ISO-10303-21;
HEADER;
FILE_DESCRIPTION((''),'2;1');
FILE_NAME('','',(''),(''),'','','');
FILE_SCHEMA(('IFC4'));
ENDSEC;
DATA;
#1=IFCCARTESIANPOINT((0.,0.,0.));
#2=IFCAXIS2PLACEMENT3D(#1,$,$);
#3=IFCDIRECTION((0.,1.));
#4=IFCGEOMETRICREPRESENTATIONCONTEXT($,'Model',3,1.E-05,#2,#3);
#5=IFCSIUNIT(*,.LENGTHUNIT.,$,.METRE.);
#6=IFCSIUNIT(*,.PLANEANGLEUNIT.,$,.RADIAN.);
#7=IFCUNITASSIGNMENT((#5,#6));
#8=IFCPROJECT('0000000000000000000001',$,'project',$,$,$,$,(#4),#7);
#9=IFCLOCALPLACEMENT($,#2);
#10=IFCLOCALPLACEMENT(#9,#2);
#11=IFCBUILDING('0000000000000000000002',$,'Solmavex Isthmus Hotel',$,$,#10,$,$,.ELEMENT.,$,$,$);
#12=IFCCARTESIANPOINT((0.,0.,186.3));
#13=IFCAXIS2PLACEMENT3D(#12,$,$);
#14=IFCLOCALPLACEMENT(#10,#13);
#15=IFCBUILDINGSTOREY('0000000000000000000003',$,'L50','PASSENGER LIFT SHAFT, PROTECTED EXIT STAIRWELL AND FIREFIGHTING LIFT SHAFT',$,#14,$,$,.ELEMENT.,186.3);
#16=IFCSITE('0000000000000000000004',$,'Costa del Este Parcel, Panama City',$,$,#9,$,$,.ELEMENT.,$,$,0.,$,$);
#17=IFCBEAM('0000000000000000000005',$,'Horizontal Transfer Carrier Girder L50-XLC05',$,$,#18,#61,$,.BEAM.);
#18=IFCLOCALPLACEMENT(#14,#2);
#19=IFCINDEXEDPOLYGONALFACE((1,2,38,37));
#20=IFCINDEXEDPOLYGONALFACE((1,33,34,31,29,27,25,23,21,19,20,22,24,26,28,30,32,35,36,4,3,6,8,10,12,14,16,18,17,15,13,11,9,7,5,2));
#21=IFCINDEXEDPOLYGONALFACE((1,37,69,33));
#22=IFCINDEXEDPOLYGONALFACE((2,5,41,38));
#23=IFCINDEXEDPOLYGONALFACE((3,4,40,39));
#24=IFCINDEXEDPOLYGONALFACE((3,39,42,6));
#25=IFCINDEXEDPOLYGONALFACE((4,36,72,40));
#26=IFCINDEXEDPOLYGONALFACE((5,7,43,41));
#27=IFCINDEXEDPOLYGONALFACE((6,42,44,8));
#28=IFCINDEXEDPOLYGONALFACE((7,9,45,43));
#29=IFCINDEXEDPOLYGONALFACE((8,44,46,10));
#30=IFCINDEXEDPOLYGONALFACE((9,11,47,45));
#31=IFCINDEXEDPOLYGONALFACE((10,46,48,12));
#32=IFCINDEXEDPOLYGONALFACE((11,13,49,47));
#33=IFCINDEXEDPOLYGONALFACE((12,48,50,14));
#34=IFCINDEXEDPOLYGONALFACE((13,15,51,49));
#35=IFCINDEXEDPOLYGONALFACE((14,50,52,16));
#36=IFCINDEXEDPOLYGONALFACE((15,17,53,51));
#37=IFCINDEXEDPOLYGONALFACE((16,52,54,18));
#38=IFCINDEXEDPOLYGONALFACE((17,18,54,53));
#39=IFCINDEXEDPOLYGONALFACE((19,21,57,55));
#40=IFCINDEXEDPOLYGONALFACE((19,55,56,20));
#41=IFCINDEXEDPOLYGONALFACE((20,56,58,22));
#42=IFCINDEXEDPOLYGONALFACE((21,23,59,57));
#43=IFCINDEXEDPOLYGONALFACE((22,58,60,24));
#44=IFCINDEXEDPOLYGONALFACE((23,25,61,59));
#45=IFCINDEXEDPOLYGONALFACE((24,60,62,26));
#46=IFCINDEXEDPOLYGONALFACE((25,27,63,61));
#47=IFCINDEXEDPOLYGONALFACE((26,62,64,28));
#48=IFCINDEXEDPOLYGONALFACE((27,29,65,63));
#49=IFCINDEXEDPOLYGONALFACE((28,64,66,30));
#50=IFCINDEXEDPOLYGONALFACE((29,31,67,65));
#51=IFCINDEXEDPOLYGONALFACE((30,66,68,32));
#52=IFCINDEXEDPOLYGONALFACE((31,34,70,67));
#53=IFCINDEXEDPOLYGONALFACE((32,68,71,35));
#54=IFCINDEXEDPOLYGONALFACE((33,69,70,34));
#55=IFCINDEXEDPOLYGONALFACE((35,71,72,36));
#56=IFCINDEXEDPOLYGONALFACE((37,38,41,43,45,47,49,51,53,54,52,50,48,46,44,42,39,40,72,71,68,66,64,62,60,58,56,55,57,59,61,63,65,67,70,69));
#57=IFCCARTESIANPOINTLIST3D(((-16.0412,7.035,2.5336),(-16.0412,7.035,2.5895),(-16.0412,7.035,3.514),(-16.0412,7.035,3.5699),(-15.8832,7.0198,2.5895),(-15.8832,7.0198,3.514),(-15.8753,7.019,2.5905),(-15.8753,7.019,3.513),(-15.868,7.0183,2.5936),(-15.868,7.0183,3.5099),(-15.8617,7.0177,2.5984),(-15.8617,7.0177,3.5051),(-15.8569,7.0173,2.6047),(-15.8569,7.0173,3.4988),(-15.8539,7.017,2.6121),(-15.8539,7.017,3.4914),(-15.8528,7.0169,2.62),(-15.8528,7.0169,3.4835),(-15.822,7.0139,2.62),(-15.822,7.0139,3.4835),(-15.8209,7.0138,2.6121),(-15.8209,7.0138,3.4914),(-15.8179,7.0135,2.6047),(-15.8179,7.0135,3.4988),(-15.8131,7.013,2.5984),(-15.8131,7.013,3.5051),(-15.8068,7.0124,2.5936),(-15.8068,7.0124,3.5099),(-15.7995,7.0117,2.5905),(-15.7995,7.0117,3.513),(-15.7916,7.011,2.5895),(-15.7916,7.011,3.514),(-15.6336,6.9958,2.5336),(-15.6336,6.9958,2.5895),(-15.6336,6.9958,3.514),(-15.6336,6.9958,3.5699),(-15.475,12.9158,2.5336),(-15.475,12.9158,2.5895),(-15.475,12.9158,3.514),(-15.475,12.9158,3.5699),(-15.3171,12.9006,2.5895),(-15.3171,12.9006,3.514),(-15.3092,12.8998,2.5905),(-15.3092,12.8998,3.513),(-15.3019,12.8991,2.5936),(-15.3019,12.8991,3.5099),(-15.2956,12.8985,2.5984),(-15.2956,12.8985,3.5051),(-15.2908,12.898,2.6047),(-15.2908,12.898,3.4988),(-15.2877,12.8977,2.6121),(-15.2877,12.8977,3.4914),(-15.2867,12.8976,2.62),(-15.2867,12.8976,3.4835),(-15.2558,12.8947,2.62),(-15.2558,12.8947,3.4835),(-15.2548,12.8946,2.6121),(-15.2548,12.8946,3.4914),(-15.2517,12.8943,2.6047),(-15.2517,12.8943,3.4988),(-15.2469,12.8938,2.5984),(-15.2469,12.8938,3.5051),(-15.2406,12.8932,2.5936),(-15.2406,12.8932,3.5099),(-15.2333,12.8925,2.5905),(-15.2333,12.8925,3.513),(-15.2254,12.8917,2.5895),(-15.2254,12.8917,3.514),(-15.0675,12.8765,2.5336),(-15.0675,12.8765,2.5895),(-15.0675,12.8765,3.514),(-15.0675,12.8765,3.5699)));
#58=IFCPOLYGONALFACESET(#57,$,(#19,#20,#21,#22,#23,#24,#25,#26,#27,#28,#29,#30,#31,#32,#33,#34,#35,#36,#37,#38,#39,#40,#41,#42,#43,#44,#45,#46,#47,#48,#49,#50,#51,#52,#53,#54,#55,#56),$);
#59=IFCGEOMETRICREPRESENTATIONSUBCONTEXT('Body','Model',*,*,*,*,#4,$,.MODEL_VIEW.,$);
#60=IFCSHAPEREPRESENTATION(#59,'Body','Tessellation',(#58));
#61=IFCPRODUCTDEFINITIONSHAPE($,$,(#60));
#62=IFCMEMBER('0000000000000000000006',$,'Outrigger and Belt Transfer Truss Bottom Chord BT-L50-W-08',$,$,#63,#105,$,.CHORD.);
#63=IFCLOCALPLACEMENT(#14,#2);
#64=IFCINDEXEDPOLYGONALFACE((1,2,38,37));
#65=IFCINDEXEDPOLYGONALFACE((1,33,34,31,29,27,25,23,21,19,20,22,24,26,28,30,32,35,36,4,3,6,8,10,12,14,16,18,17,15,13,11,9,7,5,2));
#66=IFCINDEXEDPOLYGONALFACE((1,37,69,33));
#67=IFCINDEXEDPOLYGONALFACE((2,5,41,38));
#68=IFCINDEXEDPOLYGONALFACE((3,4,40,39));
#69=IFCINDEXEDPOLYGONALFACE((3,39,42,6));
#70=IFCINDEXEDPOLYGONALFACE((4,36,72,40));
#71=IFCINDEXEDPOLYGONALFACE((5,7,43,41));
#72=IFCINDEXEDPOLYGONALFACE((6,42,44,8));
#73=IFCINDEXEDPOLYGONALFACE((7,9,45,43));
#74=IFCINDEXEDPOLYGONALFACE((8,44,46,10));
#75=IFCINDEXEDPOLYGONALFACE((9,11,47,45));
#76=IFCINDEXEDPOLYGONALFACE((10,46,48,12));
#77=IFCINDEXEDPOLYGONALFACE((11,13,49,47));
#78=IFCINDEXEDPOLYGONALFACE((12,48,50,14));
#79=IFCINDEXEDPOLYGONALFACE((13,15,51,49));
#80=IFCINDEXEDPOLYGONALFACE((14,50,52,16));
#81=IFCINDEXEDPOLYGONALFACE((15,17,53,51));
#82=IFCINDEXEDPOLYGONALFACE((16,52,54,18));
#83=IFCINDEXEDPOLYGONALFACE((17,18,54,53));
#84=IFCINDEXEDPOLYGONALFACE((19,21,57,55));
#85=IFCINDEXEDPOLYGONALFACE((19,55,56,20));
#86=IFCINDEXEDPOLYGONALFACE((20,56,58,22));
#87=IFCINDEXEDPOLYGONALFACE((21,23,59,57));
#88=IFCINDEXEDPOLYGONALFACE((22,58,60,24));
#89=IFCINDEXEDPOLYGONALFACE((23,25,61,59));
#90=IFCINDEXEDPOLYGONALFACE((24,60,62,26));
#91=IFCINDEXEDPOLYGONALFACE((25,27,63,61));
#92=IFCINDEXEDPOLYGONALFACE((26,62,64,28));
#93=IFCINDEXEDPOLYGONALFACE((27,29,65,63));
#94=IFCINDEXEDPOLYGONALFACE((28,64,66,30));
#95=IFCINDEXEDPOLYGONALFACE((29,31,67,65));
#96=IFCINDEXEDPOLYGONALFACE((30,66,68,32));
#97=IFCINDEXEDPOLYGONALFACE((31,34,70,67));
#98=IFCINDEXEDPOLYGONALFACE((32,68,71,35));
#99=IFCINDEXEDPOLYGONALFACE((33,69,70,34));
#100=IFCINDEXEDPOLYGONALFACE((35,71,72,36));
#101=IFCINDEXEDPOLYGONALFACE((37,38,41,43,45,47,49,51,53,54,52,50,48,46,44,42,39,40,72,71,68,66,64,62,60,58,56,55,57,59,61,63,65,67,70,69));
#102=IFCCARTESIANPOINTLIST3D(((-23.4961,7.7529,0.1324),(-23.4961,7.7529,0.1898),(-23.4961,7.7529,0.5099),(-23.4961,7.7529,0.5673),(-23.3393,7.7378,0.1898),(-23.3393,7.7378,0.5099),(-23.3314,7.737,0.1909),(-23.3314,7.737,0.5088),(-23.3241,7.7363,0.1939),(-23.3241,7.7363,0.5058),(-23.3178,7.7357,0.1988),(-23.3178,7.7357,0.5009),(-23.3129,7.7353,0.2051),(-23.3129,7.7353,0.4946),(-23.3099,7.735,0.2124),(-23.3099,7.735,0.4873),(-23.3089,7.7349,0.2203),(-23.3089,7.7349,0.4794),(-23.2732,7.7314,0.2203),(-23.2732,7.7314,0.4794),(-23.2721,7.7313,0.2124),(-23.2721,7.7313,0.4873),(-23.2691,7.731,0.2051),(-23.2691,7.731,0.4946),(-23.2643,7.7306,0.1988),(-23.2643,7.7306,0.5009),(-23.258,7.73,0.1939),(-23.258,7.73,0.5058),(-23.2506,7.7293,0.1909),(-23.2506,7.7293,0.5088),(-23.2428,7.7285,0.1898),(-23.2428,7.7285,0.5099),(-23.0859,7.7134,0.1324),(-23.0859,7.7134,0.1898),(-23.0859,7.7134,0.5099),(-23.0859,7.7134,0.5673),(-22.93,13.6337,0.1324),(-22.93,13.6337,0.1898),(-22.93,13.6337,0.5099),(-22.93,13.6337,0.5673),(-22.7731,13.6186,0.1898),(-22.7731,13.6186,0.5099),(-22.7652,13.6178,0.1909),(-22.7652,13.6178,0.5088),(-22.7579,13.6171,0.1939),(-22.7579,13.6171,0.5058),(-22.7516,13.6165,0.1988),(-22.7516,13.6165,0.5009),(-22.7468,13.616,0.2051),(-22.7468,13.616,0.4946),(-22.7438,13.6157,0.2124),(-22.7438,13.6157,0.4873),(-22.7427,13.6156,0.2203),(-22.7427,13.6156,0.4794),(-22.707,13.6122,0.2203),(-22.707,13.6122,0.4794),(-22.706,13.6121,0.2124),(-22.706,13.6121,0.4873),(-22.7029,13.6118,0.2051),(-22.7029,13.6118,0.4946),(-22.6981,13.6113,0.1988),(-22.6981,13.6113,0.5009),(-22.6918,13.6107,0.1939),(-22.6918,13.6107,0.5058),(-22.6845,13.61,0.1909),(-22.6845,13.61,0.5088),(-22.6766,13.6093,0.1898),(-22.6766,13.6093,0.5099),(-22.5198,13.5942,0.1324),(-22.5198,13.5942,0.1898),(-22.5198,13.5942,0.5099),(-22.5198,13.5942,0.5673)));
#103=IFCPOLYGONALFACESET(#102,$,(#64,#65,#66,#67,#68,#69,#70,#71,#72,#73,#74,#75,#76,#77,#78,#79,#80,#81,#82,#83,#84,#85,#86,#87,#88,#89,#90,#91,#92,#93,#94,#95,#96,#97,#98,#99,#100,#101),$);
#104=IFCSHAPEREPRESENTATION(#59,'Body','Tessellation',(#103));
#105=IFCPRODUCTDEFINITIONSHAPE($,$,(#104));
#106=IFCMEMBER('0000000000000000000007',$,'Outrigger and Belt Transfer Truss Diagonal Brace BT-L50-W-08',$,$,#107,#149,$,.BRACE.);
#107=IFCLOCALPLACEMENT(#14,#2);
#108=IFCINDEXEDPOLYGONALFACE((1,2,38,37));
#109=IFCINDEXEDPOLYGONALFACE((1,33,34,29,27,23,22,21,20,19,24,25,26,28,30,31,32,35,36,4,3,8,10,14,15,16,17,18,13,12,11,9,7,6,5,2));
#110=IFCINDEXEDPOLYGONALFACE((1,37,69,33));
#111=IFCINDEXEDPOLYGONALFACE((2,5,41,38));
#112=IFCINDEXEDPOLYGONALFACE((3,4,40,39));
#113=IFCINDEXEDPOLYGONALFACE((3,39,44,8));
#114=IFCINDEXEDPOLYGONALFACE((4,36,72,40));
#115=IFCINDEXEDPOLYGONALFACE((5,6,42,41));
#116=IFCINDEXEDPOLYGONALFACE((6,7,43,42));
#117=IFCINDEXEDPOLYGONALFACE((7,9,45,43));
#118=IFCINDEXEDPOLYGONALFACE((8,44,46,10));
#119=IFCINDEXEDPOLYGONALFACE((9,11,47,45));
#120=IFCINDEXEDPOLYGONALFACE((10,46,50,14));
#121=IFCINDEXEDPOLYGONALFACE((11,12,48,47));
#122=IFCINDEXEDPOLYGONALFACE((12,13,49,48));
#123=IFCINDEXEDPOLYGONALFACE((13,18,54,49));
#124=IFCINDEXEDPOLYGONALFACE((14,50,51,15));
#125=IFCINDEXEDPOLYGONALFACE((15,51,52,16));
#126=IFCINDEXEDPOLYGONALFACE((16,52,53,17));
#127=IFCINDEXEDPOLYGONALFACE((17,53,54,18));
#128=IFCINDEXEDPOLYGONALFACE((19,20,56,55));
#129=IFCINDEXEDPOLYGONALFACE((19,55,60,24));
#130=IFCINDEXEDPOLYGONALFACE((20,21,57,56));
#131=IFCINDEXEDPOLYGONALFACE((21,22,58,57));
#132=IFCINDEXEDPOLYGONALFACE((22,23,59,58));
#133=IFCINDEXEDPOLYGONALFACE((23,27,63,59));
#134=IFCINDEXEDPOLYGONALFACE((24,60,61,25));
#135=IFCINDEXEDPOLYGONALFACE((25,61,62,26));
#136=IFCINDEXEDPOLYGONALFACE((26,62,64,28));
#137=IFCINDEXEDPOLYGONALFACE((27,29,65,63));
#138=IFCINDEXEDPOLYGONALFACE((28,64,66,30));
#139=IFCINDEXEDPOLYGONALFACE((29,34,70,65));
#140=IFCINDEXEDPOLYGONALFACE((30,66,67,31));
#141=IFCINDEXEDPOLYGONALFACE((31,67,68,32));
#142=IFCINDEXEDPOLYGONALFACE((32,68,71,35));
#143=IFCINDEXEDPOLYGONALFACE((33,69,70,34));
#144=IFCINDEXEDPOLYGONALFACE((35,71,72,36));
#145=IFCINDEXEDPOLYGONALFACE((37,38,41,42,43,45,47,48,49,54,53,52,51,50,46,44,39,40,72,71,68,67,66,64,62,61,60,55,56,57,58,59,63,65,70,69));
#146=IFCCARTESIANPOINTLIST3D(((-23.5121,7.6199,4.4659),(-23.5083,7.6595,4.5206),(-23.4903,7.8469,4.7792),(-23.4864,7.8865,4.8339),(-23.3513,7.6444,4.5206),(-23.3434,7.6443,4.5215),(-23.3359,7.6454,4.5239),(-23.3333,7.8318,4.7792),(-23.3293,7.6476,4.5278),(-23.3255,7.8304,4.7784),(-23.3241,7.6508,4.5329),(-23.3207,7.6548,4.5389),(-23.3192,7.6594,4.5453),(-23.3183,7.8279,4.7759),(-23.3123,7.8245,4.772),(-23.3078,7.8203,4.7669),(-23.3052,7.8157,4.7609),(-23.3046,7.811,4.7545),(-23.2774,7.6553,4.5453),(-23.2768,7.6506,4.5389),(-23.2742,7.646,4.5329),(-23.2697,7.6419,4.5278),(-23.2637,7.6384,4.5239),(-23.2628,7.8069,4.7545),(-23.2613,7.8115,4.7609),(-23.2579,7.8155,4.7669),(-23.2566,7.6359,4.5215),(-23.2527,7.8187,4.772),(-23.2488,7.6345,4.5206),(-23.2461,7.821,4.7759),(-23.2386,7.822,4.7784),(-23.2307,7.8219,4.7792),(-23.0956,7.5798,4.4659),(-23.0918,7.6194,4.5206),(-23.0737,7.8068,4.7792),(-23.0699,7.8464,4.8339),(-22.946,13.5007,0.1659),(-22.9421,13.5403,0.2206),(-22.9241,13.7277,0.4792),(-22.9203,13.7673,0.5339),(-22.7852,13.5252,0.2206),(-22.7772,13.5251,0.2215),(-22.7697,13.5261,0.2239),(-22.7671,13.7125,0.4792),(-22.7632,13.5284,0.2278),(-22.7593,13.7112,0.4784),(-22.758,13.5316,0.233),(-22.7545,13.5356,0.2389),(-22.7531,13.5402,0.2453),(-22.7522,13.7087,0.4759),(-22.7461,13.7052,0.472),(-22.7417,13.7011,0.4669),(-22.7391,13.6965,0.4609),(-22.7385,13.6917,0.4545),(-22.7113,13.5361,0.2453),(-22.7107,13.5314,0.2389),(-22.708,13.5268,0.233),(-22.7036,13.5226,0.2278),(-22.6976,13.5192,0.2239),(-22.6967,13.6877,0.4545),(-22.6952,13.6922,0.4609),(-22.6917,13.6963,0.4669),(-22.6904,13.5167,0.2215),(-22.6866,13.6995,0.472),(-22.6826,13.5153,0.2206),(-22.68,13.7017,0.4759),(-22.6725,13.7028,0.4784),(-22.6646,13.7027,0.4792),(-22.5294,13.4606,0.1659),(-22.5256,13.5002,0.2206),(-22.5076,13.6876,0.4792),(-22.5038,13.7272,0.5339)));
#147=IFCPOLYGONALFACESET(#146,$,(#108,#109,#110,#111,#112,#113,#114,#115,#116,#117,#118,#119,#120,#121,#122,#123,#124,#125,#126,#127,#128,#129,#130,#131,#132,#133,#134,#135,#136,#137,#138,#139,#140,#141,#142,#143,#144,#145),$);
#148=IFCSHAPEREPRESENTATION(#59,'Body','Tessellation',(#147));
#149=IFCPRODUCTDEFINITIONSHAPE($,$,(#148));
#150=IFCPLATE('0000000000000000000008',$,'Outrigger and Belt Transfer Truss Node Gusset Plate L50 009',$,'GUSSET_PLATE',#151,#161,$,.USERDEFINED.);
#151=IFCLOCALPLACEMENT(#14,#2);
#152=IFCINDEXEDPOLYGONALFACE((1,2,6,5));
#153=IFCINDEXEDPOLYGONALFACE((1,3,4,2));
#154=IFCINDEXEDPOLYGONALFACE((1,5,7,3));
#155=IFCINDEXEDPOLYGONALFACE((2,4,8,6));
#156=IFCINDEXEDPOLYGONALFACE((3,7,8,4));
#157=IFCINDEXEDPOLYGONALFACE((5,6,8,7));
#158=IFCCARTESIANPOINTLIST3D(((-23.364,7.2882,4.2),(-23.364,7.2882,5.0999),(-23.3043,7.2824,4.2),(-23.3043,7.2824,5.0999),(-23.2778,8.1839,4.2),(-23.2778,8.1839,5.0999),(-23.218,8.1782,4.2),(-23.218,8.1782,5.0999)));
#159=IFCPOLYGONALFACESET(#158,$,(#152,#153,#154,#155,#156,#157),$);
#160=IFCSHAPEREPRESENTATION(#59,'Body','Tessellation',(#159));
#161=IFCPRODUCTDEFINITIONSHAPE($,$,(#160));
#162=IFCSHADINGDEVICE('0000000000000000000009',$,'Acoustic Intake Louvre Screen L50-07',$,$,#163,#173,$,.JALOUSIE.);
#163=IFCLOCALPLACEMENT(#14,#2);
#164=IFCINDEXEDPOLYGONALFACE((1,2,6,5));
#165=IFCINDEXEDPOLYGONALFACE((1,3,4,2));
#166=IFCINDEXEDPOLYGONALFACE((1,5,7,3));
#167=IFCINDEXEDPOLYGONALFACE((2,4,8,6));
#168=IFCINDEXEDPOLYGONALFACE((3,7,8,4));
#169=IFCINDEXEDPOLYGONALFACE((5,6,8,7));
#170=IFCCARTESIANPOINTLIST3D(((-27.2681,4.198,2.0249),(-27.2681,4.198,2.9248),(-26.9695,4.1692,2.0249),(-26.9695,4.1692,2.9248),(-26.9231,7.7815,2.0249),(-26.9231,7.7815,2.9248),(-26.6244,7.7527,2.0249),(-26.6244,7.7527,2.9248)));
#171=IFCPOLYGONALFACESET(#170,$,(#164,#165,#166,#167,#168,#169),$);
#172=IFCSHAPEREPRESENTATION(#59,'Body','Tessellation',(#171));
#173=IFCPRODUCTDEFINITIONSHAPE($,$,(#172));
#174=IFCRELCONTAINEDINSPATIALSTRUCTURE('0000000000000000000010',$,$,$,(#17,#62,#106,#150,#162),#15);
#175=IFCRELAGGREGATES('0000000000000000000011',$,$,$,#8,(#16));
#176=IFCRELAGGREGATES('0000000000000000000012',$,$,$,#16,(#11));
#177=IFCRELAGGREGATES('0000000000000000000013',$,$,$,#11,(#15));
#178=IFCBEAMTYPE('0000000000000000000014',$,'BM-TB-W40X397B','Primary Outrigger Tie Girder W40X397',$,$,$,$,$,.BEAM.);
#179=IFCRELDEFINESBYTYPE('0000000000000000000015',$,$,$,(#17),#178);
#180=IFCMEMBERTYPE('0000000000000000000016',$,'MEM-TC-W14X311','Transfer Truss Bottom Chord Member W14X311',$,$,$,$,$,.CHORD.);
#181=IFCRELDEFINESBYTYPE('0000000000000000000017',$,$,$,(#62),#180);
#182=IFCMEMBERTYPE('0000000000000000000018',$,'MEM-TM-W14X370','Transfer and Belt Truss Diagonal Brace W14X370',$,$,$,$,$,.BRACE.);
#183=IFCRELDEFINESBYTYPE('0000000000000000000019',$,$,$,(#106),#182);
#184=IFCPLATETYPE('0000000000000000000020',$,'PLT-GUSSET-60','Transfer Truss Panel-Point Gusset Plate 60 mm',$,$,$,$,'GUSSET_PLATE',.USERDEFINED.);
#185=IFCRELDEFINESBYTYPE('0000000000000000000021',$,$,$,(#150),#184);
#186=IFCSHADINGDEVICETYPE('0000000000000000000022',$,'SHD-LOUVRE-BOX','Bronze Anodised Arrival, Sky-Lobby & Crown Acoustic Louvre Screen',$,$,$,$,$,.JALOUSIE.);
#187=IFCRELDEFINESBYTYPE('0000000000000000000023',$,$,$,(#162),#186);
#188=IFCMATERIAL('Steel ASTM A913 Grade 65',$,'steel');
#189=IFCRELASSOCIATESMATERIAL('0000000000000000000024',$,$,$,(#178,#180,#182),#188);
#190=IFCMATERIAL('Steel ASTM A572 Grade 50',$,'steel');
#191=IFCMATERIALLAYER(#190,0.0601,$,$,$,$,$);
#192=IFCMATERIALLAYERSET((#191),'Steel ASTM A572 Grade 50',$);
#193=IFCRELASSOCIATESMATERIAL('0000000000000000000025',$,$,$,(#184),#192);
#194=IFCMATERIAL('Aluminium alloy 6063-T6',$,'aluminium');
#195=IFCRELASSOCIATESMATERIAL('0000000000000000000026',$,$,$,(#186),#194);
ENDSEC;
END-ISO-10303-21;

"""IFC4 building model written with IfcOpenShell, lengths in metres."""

from ifc_helpers import new_model, si_unit, direction, frame, origin, origin_2d, place, context, subcontext, project, spatial, rectangle, i_section, extrude, material, layer, layer_set, material_profile, profile_set, type_object, element, save


model = new_model("IFC4")

# Units and contexts
model_context = context("Model", 3, precision=1e-05, world=origin(), true_north=direction((0.0, 1.0)))
body_context = subcontext(model_context, "Body", "Model", "MODEL_VIEW")
ifc_project = project(units=[si_unit("LENGTHUNIT", "METRE"), si_unit("PLANEANGLEUNIT", "RADIAN")], contexts=[model_context])

# Site, building, storey
site_placement = place(None, origin())
site = spatial("IfcSite", under=ifc_project, at=site_placement, Name="Costa del Este Parcel, Panama City", CompositionType="ELEMENT", RefElevation=0.0)
building_placement = place(site_placement, origin())
building = spatial("IfcBuilding", under=site, at=building_placement, Name="Solmavex Isthmus Hotel", CompositionType="ELEMENT")
storey_placement = place(building_placement, frame((0.0, 0.0, 186.3)))
storey = spatial("IfcBuildingStorey", under=building, at=storey_placement, Name="L50", Description="PASSENGER LIFT SHAFT, PROTECTED EXIT STAIRWELL AND FIREFIGHTING LIFT SHAFT", CompositionType="ELEMENT", Elevation=186.3)

# Shared definitions
ifc_material_1 = material(Name="Steel ASTM A913 Grade 65", Category="steel")

# Beam
ifc_material_profile_1 = material_profile(ifc_material_1, i_section(OverallWidth=0.4094, OverallDepth=1.0364, WebThickness=0.031, FlangeThickness=0.0559, FilletRadius=0.0305, at=origin_2d()), Name="W40X397")
ifc_profile_set_1 = profile_set([ifc_material_profile_1], Name="Steel ASTM A913 Grade 65")
beam_type_1 = type_object("IfcBeamType", Name="BM-TB-W40X397B", Description="Primary Outrigger Tie Girder W40X397", PredefinedType="BEAM", material=ifc_profile_set_1)
for number, where, z_axis, x_axis, name in (
    (1, (-15.8374, 7.0154, 3.0518), (0.095829, 0.995398, 0.0), (-0.995398, 0.095829, 0.0), "Horizontal Transfer Carrier Girder L50-XLC05"),
):
    element("IfcBeam", number, at=place(storey_placement, frame(where, z_axis=z_axis, x_axis=x_axis)), inside=storey, type_object=beam_type_1, Name=name, PredefinedType="BEAM", context=body_context, shape_type="SweptSolid", body=[
        extrude(i_section(OverallWidth=0.4094, OverallDepth=1.0364, WebThickness=0.031, FlangeThickness=0.0559, FilletRadius=0.0305, at=origin_2d()), origin(), (0.0, 0.0, 1.0), 5.908),
    ])

# Members
ifc_material_profile_2 = material_profile(ifc_material_1, i_section(OverallWidth=0.4121, OverallDepth=0.4348, WebThickness=0.0359, FlangeThickness=0.0574, FilletRadius=0.0305, at=origin_2d()), Name="W14X311")
ifc_profile_set_2 = profile_set([ifc_material_profile_2], Name="Steel ASTM A913 Grade 65")
member_type_1 = type_object("IfcMemberType", Name="MEM-TC-W14X311", Description="Transfer Truss Bottom Chord Member W14X311", PredefinedType="CHORD", material=ifc_profile_set_2)
member_1_placement = place(storey_placement, frame((-23.291, 7.7332, 0.3499), z_axis=(0.095829, 0.995398, 0.0), x_axis=(-0.995398, 0.095829, 0.0)))
element("IfcMember", 2, at=member_1_placement, inside=storey, type_object=member_type_1, Name="Outrigger and Belt Transfer Truss Bottom Chord BT-L50-W-08", PredefinedType="CHORD", context=body_context, shape_type="SweptSolid", body=[
    extrude(i_section(OverallWidth=0.4121, OverallDepth=0.4348, WebThickness=0.0359, FlangeThickness=0.0574, FilletRadius=0.0305, at=origin_2d()), origin(), (0.0, 0.0, 1.0), 5.908),
])
ifc_material_profile_3 = material_profile(ifc_material_1, i_section(OverallWidth=0.4185, OverallDepth=0.4551, WebThickness=0.042, FlangeThickness=0.0676, FilletRadius=0.0305, at=origin_2d()), Name="W14X370")
ifc_profile_set_3 = profile_set([ifc_material_profile_3], Name="Steel ASTM A913 Grade 65")
member_type_2 = type_object("IfcMemberType", Name="MEM-TM-W14X370", Description="Transfer and Belt Truss Diagonal Brace W14X370", PredefinedType="BRACE", material=ifc_profile_set_3)
member_2_placement = place(storey_placement, frame((-23.291, 7.7332, 4.6499), z_axis=(0.07748, 0.804801, -0.588466), x_axis=(-0.995398, 0.095829, 0.0)))
element("IfcMember", 3, at=member_2_placement, inside=storey, type_object=member_type_2, Name="Outrigger and Belt Transfer Truss Diagonal Brace BT-L50-W-08", PredefinedType="BRACE", context=body_context, shape_type="SweptSolid", body=[
    extrude(i_section(OverallWidth=0.4185, OverallDepth=0.4551, WebThickness=0.042, FlangeThickness=0.0676, FilletRadius=0.0305, at=origin_2d()), origin(), (0.0, 0.0, 1.0), 7.3071),
])

# Plate
ifc_material_2 = material(Name="Steel ASTM A572 Grade 50", Category="steel")
ifc_layer = layer(ifc_material_2, 0.0601)
ifc_layer_set = layer_set([ifc_layer], Name="Steel ASTM A572 Grade 50")
plate_type = type_object("IfcPlateType", Name="PLT-GUSSET-60", Description="Transfer Truss Panel-Point Gusset Plate 60 mm", ElementType="GUSSET_PLATE", PredefinedType="USERDEFINED", material=ifc_layer_set)
plate_placement = place(storey_placement, frame((-23.291, 7.7332, 4.2), z_axis=(0.0, 0.0, 1.0), x_axis=(0.095846, 0.995396, 0.0)))
element("IfcPlate", 4, at=plate_placement, inside=storey, type_object=plate_type, Name="Outrigger and Belt Transfer Truss Node Gusset Plate L50 009", ObjectType="GUSSET_PLATE", PredefinedType="USERDEFINED", context=body_context, shape_type="SweptSolid", body=[
    extrude(rectangle(XDim=0.8999, YDim=0.0601, at=origin_2d()), origin(), (0.0, 0.0, 1.0), 0.8999),
])

# Shading device
ifc_material_3 = material(Name="Aluminium alloy 6063-T6", Category="aluminium")
shading_device_type = type_object("IfcShadingDeviceType", Name="SHD-LOUVRE-BOX", Description="Bronze Anodised Arrival, Sky-Lobby & Crown Acoustic Louvre Screen", PredefinedType="JALOUSIE", material=ifc_material_3)
shading_device_placement = place(storey_placement, frame((-26.9463, 5.9753, 2.0249), z_axis=(0.0, 0.0, 1.0), x_axis=(0.095846, 0.995396, 0.0)))
element("IfcShadingDevice", 5, at=shading_device_placement, inside=storey, type_object=shading_device_type, Name="Acoustic Intake Louvre Screen L50-07", PredefinedType="JALOUSIE", context=body_context, shape_type="SweptSolid", body=[
    extrude(rectangle(XDim=3.6001, YDim=0.3, at=origin_2d()), origin(), (0.0, 0.0, 1.0), 0.8999),
])

save(model, "model.ifc")
